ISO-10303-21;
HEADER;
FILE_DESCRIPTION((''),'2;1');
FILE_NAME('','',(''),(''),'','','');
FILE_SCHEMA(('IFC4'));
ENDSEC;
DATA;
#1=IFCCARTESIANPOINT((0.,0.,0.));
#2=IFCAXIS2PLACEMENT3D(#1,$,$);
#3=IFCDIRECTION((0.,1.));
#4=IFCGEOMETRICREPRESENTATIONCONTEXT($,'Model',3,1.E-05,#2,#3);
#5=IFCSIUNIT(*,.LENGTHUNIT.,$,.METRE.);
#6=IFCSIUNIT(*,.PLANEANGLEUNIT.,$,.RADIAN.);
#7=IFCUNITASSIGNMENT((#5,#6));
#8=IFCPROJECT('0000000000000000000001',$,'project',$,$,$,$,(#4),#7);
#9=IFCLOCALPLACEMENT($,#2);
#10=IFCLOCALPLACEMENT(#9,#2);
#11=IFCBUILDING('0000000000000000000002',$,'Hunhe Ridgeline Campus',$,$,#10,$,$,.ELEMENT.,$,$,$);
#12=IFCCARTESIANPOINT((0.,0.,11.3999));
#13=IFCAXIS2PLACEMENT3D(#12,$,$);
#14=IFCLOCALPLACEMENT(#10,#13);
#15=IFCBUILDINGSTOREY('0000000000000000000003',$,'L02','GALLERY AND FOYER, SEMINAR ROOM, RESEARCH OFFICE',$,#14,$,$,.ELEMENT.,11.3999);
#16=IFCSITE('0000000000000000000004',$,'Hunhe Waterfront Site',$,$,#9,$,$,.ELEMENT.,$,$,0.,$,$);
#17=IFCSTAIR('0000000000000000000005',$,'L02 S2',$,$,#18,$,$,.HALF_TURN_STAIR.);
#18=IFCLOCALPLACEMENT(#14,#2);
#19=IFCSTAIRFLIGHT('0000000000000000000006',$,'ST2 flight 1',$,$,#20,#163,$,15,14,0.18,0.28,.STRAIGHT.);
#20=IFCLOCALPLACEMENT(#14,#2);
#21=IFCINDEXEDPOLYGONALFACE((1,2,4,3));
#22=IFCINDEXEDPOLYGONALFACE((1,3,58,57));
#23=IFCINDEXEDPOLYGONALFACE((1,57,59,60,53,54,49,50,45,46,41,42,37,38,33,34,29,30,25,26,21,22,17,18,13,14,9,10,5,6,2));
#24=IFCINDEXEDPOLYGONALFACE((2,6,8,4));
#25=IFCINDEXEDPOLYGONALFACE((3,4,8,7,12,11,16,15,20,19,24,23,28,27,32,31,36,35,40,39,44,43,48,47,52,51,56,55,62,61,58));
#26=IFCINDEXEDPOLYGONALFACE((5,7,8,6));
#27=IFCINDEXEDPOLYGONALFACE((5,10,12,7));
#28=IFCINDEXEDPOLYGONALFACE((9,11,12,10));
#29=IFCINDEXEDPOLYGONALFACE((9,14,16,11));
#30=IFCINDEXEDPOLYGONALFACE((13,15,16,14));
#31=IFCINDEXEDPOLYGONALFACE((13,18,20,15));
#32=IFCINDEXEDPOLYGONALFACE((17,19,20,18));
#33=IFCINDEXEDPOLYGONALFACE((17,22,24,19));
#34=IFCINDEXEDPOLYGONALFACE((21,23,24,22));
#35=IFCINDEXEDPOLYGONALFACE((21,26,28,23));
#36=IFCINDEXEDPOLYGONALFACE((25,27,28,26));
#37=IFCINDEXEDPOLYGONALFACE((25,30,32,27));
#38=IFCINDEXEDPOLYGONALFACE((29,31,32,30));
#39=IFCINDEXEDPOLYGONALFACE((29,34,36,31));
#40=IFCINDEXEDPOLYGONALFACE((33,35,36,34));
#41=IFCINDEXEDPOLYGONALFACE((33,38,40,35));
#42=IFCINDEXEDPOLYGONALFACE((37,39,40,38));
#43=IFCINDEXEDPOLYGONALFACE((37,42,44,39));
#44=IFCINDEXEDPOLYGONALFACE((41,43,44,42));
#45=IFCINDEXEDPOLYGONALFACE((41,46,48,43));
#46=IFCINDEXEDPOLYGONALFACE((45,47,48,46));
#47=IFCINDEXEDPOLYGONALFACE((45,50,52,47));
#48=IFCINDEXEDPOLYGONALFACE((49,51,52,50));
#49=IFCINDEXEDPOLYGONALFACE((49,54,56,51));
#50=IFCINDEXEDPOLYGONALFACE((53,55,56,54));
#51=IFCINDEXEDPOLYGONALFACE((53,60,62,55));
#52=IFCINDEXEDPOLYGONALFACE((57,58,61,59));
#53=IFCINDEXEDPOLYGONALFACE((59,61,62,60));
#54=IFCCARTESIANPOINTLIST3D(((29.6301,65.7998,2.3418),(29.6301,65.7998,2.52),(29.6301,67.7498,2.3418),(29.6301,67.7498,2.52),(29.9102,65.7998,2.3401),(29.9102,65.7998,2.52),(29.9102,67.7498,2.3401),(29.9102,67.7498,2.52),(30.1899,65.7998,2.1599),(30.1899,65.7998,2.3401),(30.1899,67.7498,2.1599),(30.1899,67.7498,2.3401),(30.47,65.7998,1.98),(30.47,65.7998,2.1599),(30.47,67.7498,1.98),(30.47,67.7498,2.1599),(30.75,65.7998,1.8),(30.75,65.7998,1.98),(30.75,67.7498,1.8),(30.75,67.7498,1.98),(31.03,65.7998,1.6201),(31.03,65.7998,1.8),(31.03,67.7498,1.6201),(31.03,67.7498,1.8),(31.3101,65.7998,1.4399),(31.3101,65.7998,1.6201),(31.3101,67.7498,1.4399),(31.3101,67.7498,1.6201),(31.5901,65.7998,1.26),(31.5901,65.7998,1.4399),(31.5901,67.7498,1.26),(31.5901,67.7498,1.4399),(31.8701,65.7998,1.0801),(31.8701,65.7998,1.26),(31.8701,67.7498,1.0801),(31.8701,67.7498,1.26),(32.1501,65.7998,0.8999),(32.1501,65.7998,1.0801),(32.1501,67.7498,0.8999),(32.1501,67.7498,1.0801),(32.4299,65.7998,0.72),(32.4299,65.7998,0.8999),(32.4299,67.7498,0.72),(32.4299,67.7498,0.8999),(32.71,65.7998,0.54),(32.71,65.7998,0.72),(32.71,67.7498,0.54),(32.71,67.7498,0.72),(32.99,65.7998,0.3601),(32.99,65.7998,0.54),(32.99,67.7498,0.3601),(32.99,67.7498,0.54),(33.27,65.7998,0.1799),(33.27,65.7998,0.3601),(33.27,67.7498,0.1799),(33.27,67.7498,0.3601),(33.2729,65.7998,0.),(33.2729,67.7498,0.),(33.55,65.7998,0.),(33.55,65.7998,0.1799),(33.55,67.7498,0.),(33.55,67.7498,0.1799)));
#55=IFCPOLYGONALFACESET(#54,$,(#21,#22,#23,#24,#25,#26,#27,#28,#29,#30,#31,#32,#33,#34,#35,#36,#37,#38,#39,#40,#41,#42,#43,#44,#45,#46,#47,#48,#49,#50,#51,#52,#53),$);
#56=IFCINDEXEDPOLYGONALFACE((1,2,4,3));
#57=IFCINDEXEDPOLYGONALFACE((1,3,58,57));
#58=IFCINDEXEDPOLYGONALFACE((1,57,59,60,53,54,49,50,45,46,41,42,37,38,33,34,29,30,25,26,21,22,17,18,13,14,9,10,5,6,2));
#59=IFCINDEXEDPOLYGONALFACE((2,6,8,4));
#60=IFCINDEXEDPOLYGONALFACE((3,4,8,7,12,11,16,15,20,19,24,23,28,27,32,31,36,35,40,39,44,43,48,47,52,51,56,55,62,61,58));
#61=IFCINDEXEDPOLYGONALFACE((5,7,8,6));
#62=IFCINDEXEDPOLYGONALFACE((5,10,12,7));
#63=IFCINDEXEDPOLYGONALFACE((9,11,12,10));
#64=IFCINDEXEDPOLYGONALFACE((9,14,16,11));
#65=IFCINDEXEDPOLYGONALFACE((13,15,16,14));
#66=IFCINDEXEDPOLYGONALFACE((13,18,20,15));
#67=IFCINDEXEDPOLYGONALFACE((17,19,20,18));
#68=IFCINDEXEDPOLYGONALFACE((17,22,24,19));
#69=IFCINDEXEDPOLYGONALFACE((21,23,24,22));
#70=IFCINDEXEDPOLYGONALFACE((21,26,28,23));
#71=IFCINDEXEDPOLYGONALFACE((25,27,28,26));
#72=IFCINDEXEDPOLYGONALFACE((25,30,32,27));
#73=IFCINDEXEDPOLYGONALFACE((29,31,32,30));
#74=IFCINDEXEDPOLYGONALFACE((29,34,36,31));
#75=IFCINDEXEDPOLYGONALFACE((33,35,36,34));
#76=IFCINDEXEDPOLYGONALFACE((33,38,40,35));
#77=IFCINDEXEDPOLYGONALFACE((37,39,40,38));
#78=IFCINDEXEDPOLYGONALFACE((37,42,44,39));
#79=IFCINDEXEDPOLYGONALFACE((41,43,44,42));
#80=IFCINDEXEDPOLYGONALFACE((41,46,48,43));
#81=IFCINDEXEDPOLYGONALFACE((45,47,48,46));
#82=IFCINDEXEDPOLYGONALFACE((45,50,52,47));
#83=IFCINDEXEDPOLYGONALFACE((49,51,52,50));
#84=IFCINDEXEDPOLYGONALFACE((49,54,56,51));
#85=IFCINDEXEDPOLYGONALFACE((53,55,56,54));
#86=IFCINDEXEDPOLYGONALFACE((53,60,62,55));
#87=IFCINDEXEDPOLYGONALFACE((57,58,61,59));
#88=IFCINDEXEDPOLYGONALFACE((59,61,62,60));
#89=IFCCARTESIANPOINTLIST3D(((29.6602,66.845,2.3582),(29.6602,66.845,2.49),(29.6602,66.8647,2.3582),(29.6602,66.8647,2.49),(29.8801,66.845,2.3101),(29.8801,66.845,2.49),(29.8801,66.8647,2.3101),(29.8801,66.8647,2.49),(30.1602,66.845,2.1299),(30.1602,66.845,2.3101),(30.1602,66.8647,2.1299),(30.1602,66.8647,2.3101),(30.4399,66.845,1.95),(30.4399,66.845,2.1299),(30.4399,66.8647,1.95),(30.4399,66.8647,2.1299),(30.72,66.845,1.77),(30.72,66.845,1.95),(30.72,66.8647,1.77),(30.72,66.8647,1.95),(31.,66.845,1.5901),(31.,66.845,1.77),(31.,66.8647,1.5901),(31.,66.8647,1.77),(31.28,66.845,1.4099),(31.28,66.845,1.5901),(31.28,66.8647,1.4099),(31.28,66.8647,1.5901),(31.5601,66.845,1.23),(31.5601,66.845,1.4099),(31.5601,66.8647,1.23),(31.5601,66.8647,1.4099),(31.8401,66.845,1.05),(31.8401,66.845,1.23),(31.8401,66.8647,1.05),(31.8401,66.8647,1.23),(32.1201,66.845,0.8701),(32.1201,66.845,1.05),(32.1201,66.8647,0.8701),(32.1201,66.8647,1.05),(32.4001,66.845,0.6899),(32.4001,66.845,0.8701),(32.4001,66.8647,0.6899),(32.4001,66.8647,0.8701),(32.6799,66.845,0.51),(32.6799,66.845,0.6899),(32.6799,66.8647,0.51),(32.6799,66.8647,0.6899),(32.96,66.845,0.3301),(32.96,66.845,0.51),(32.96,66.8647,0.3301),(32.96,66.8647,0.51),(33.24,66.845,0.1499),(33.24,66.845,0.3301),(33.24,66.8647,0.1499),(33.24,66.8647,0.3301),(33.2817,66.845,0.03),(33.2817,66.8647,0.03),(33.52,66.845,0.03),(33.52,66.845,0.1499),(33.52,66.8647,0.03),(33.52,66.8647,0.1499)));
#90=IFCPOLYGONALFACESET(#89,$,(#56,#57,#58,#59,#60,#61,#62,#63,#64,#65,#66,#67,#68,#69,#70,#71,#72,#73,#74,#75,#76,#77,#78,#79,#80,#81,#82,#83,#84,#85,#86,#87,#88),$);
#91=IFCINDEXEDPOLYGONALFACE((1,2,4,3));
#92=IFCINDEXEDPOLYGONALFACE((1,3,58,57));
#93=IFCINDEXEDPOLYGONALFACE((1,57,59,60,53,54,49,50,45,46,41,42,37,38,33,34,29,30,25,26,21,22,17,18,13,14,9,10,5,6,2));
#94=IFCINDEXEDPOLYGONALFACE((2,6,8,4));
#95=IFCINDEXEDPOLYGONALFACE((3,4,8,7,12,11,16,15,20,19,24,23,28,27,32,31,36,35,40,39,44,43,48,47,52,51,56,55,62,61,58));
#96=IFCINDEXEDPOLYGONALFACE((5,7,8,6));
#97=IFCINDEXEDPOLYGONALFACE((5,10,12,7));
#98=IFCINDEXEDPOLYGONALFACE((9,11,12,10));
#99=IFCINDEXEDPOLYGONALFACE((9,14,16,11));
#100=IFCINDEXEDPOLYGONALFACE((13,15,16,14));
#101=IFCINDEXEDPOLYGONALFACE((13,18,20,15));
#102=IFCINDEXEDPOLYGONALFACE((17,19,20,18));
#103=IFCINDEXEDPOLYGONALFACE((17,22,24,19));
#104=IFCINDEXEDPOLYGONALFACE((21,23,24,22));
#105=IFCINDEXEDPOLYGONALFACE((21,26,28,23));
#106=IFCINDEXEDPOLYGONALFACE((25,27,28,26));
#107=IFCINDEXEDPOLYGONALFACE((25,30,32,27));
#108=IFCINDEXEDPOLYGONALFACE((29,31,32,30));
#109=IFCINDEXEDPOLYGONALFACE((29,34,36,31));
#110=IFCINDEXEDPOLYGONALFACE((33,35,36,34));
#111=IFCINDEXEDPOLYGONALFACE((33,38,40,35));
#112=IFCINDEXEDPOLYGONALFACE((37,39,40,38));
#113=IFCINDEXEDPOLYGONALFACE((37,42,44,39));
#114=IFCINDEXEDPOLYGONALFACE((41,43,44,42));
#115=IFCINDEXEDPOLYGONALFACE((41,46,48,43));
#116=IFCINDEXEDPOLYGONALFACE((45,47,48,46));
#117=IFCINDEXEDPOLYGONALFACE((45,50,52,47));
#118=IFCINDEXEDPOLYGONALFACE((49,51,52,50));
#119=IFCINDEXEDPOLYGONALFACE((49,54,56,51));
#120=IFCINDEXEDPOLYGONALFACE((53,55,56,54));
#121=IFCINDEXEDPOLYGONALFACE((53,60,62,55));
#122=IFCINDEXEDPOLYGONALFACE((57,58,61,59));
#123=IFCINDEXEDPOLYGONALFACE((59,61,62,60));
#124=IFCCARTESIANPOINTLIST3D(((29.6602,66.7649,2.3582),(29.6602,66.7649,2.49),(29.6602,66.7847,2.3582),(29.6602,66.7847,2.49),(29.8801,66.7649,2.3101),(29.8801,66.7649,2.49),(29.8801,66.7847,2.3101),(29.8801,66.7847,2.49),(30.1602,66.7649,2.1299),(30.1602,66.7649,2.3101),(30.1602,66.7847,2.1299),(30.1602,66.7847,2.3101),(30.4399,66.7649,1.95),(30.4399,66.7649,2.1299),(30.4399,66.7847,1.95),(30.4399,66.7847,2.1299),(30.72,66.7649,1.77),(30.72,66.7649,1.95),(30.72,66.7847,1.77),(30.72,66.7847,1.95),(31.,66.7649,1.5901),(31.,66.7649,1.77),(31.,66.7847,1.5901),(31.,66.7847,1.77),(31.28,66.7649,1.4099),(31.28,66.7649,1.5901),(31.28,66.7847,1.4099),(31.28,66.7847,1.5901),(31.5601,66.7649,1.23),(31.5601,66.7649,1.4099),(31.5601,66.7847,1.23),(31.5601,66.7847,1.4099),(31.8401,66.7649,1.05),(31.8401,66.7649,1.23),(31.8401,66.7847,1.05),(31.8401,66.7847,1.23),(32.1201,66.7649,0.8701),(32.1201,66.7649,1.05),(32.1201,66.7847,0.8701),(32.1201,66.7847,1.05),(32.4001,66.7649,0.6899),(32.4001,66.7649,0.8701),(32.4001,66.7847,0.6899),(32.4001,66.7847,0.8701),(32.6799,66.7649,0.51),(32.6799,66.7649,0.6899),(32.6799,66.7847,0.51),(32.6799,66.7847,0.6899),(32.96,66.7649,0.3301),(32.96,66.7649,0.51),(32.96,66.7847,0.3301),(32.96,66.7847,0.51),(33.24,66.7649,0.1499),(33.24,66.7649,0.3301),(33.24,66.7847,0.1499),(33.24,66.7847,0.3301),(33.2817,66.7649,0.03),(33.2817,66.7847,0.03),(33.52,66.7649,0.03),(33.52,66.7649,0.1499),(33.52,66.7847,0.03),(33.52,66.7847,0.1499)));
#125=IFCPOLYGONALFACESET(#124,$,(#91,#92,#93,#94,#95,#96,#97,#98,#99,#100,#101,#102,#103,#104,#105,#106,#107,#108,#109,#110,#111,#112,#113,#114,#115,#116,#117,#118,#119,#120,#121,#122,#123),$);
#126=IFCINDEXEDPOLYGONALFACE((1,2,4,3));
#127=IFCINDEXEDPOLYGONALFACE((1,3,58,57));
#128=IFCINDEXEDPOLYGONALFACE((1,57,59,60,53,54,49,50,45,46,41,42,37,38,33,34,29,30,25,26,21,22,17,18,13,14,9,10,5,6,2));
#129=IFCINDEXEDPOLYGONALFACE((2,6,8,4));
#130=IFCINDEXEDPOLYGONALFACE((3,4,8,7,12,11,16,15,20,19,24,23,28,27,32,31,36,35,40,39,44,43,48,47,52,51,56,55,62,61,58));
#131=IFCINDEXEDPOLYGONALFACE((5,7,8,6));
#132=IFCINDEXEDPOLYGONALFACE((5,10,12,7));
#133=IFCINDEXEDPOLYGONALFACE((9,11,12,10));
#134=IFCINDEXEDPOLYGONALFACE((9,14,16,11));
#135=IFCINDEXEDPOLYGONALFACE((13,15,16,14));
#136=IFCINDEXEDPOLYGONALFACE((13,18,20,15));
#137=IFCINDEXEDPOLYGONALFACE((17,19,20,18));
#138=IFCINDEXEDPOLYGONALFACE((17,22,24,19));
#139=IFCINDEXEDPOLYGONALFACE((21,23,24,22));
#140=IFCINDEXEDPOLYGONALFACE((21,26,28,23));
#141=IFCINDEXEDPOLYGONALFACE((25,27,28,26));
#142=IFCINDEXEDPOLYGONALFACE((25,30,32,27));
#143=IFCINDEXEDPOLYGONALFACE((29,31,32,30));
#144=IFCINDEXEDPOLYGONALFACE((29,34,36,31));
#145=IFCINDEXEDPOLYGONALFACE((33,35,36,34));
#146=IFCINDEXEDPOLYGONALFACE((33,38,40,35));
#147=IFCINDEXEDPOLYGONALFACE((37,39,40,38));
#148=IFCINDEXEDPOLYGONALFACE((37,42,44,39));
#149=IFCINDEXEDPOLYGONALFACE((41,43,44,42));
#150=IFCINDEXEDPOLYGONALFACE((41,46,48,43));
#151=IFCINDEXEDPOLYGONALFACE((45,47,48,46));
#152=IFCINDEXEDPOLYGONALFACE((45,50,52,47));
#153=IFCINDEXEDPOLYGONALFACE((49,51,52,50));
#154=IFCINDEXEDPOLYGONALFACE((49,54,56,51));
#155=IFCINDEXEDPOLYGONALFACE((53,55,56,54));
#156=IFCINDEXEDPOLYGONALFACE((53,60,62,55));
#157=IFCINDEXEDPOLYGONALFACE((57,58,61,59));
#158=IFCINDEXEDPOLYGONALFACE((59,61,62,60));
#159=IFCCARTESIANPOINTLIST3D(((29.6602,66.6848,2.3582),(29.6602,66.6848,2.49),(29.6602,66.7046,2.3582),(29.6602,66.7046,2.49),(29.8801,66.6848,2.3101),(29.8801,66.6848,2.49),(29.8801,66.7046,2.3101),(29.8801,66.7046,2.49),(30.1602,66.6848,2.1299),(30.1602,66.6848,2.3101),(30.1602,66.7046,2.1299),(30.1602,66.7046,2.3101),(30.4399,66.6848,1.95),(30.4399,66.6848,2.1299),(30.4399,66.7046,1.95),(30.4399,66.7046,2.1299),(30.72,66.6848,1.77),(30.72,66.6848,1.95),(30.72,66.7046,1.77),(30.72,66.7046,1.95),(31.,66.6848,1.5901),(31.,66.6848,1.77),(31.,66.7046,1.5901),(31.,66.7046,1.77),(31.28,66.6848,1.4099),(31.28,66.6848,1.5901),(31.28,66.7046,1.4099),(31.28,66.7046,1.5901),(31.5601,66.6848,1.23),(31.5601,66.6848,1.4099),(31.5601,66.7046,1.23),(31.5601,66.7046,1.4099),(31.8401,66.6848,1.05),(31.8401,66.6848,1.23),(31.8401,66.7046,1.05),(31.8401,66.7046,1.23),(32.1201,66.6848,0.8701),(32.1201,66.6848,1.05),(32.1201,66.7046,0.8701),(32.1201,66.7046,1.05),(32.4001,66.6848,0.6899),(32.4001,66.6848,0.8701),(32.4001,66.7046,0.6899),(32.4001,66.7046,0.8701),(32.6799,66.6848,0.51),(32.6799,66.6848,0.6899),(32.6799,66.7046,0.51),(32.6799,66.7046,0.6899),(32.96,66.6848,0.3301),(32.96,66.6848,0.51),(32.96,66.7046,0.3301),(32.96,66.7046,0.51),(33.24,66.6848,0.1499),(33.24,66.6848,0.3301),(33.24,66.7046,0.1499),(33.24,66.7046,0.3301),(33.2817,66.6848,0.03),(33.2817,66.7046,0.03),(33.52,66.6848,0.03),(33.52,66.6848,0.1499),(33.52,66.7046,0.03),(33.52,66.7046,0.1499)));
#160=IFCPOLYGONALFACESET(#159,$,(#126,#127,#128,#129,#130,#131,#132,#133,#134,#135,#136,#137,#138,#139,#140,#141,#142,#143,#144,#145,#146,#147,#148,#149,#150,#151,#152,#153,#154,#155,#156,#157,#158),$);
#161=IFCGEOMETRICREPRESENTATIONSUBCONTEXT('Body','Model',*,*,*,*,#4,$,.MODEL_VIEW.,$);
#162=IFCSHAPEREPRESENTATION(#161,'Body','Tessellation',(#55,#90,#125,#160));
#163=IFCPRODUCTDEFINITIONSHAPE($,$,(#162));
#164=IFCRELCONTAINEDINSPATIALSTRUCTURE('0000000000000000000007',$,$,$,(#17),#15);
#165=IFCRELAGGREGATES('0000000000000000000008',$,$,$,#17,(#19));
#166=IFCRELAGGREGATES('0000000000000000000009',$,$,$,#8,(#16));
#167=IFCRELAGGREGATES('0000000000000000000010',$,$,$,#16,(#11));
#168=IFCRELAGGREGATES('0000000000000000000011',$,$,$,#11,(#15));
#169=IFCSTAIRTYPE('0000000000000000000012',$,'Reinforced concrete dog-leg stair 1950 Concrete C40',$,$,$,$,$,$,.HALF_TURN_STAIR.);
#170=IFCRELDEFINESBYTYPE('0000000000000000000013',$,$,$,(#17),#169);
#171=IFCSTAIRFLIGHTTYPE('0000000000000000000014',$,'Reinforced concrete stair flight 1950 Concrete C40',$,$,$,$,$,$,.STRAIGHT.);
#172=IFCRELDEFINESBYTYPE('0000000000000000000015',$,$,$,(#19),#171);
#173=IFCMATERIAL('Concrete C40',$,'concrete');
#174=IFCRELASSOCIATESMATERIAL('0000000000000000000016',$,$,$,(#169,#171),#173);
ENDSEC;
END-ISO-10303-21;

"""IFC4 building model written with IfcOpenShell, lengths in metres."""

from ifc_helpers import new_model, si_unit, direction, frame, origin, place, context, subcontext, project, spatial, polyline, outline, extrude, material, type_object, element, aggregate, save


model = new_model("IFC4")

# Units and contexts
model_context = context("Model", 3, precision=1e-05, world=origin(), true_north=direction((0.0, 1.0)))
body_context = subcontext(model_context, "Body", "Model", "MODEL_VIEW")
ifc_project = project(units=[si_unit("LENGTHUNIT", "METRE"), si_unit("PLANEANGLEUNIT", "RADIAN")], contexts=[model_context])

# Site, building, storey
site_placement = place(None, origin())
site = spatial("IfcSite", under=ifc_project, at=site_placement, Name="Hunhe Waterfront Site", CompositionType="ELEMENT", RefElevation=0.0)
building_placement = place(site_placement, origin())
building = spatial("IfcBuilding", under=site, at=building_placement, Name="Hunhe Ridgeline Campus", CompositionType="ELEMENT")
storey_placement = place(building_placement, frame((0.0, 0.0, 11.3999)))
storey = spatial("IfcBuildingStorey", under=building, at=storey_placement, Name="L02", Description="GALLERY AND FOYER, SEMINAR ROOM, RESEARCH OFFICE", CompositionType="ELEMENT", Elevation=11.3999)

# Stair, stair flight
ifc_material_1 = material(Name="Concrete C40", Category="concrete")
stair_type = type_object("IfcStairType", Name="Reinforced concrete dog-leg stair 1950 Concrete C40", PredefinedType="HALF_TURN_STAIR", material=ifc_material_1)
stair_placement = place(storey_placement, origin())
stair = element("IfcStair", 1, at=stair_placement, inside=storey, type_object=stair_type, Name="L02 S2", PredefinedType="HALF_TURN_STAIR")
stair_flight_type = type_object("IfcStairFlightType", Name="Reinforced concrete stair flight 1950 Concrete C40", PredefinedType="STRAIGHT", material=ifc_material_1)
stair_flight_placement = place(storey_placement, frame((33.55, 66.7749, 0.0), z_axis=(0.0, 0.0, 1.0), x_axis=(-1.0, 0.0, 0.0)))
stair_flight = element("IfcStairFlight", 2, at=stair_flight_placement, type_object=stair_flight_type, Name="ST2 flight 1", NumberOfRisers=15, NumberOfTreads=14, PredefinedType="STRAIGHT", RiserHeight=0.18, TreadLength=0.28, context=body_context, shape_type="SweptSolid", body=[
    extrude(outline(polyline([(0.0, 0.0), (0.0, 0.1799), (0.28, 0.1799), (0.28, 0.3601), (0.5601, 0.3601), (0.5601, 0.54), (0.8401, 0.54), (0.8401, 0.72), (1.1201, 0.72), (1.1201, 0.8999), (1.3999, 0.8999), (1.3999, 1.0801), (1.6799, 1.0801), (1.6799, 1.26), (1.96, 1.26), (1.96, 1.4399), (2.24, 1.4399), (2.24, 1.6201), (2.52, 1.6201), (2.52, 1.8), (2.8, 1.8), (2.8, 1.98), (3.0801, 1.98), (3.0801, 2.1599), (3.3601, 2.1599), (3.3601, 2.3401), (3.6399, 2.3401), (3.6399, 2.52), (3.9199, 2.52), (3.9199, 2.7), (3.9199, 2.3418), (0.2771, 0.0), (0.0, 0.0)])), frame((0.0, 0.9751, 0.0), z_axis=(0.0, -1.0, 0.0), x_axis=(1.0, 0.0, 0.0)), (0.0, 0.0, 1.0), 1.95),
    extrude(outline(polyline([(0.03, 0.03), (0.03, 0.1499), (0.3101, 0.1499), (0.3101, 0.3301), (0.5901, 0.3301), (0.5901, 0.51), (0.8701, 0.51), (0.8701, 0.6899), (1.1499, 0.6899), (1.1499, 0.8701), (1.4299, 0.8701), (1.4299, 1.05), (1.71, 1.05), (1.71, 1.23), (1.99, 1.23), (1.99, 1.4099), (2.27, 1.4099), (2.27, 1.5901), (2.55, 1.5901), (2.55, 1.77), (2.8301, 1.77), (2.8301, 1.95), (3.1101, 1.95), (3.1101, 2.1299), (3.3899, 2.1299), (3.3899, 2.3101), (3.6699, 2.3101), (3.6699, 2.49), (3.8899, 2.49), (3.8899, 2.3582), (0.2683, 0.03), (0.03, 0.03)])), frame((0.0, -0.0701, 0.0), z_axis=(0.0, -1.0, 0.0), x_axis=(1.0, 0.0, 0.0)), (0.0, 0.0, 1.0), 0.0198),
    extrude(outline(polyline([(0.03, 0.03), (0.03, 0.1499), (0.3101, 0.1499), (0.3101, 0.3301), (0.5901, 0.3301), (0.5901, 0.51), (0.8701, 0.51), (0.8701, 0.6899), (1.1499, 0.6899), (1.1499, 0.8701), (1.4299, 0.8701), (1.4299, 1.05), (1.71, 1.05), (1.71, 1.23), (1.99, 1.23), (1.99, 1.4099), (2.27, 1.4099), (2.27, 1.5901), (2.55, 1.5901), (2.55, 1.77), (2.8301, 1.77), (2.8301, 1.95), (3.1101, 1.95), (3.1101, 2.1299), (3.3899, 2.1299), (3.3899, 2.3101), (3.6699, 2.3101), (3.6699, 2.49), (3.8899, 2.49), (3.8899, 2.3582), (0.2683, 0.03), (0.03, 0.03)])), frame((0.0, 0.01, 0.0), z_axis=(0.0, -1.0, 0.0), x_axis=(1.0, 0.0, 0.0)), (0.0, 0.0, 1.0), 0.0198),
    extrude(outline(polyline([(0.03, 0.03), (0.03, 0.1499), (0.3101, 0.1499), (0.3101, 0.3301), (0.5901, 0.3301), (0.5901, 0.51), (0.8701, 0.51), (0.8701, 0.6899), (1.1499, 0.6899), (1.1499, 0.8701), (1.4299, 0.8701), (1.4299, 1.05), (1.71, 1.05), (1.71, 1.23), (1.99, 1.23), (1.99, 1.4099), (2.27, 1.4099), (2.27, 1.5901), (2.55, 1.5901), (2.55, 1.77), (2.8301, 1.77), (2.8301, 1.95), (3.1101, 1.95), (3.1101, 2.1299), (3.3899, 2.1299), (3.3899, 2.3101), (3.6699, 2.3101), (3.6699, 2.49), (3.8899, 2.49), (3.8899, 2.3582), (0.2683, 0.03), (0.03, 0.03)])), frame((0.0, 0.0901, 0.0), z_axis=(0.0, -1.0, 0.0), x_axis=(1.0, 0.0, 0.0)), (0.0, 0.0, 1.0), 0.0198),
])
aggregate(stair, [stair_flight])

save(model, "model.ifc")
